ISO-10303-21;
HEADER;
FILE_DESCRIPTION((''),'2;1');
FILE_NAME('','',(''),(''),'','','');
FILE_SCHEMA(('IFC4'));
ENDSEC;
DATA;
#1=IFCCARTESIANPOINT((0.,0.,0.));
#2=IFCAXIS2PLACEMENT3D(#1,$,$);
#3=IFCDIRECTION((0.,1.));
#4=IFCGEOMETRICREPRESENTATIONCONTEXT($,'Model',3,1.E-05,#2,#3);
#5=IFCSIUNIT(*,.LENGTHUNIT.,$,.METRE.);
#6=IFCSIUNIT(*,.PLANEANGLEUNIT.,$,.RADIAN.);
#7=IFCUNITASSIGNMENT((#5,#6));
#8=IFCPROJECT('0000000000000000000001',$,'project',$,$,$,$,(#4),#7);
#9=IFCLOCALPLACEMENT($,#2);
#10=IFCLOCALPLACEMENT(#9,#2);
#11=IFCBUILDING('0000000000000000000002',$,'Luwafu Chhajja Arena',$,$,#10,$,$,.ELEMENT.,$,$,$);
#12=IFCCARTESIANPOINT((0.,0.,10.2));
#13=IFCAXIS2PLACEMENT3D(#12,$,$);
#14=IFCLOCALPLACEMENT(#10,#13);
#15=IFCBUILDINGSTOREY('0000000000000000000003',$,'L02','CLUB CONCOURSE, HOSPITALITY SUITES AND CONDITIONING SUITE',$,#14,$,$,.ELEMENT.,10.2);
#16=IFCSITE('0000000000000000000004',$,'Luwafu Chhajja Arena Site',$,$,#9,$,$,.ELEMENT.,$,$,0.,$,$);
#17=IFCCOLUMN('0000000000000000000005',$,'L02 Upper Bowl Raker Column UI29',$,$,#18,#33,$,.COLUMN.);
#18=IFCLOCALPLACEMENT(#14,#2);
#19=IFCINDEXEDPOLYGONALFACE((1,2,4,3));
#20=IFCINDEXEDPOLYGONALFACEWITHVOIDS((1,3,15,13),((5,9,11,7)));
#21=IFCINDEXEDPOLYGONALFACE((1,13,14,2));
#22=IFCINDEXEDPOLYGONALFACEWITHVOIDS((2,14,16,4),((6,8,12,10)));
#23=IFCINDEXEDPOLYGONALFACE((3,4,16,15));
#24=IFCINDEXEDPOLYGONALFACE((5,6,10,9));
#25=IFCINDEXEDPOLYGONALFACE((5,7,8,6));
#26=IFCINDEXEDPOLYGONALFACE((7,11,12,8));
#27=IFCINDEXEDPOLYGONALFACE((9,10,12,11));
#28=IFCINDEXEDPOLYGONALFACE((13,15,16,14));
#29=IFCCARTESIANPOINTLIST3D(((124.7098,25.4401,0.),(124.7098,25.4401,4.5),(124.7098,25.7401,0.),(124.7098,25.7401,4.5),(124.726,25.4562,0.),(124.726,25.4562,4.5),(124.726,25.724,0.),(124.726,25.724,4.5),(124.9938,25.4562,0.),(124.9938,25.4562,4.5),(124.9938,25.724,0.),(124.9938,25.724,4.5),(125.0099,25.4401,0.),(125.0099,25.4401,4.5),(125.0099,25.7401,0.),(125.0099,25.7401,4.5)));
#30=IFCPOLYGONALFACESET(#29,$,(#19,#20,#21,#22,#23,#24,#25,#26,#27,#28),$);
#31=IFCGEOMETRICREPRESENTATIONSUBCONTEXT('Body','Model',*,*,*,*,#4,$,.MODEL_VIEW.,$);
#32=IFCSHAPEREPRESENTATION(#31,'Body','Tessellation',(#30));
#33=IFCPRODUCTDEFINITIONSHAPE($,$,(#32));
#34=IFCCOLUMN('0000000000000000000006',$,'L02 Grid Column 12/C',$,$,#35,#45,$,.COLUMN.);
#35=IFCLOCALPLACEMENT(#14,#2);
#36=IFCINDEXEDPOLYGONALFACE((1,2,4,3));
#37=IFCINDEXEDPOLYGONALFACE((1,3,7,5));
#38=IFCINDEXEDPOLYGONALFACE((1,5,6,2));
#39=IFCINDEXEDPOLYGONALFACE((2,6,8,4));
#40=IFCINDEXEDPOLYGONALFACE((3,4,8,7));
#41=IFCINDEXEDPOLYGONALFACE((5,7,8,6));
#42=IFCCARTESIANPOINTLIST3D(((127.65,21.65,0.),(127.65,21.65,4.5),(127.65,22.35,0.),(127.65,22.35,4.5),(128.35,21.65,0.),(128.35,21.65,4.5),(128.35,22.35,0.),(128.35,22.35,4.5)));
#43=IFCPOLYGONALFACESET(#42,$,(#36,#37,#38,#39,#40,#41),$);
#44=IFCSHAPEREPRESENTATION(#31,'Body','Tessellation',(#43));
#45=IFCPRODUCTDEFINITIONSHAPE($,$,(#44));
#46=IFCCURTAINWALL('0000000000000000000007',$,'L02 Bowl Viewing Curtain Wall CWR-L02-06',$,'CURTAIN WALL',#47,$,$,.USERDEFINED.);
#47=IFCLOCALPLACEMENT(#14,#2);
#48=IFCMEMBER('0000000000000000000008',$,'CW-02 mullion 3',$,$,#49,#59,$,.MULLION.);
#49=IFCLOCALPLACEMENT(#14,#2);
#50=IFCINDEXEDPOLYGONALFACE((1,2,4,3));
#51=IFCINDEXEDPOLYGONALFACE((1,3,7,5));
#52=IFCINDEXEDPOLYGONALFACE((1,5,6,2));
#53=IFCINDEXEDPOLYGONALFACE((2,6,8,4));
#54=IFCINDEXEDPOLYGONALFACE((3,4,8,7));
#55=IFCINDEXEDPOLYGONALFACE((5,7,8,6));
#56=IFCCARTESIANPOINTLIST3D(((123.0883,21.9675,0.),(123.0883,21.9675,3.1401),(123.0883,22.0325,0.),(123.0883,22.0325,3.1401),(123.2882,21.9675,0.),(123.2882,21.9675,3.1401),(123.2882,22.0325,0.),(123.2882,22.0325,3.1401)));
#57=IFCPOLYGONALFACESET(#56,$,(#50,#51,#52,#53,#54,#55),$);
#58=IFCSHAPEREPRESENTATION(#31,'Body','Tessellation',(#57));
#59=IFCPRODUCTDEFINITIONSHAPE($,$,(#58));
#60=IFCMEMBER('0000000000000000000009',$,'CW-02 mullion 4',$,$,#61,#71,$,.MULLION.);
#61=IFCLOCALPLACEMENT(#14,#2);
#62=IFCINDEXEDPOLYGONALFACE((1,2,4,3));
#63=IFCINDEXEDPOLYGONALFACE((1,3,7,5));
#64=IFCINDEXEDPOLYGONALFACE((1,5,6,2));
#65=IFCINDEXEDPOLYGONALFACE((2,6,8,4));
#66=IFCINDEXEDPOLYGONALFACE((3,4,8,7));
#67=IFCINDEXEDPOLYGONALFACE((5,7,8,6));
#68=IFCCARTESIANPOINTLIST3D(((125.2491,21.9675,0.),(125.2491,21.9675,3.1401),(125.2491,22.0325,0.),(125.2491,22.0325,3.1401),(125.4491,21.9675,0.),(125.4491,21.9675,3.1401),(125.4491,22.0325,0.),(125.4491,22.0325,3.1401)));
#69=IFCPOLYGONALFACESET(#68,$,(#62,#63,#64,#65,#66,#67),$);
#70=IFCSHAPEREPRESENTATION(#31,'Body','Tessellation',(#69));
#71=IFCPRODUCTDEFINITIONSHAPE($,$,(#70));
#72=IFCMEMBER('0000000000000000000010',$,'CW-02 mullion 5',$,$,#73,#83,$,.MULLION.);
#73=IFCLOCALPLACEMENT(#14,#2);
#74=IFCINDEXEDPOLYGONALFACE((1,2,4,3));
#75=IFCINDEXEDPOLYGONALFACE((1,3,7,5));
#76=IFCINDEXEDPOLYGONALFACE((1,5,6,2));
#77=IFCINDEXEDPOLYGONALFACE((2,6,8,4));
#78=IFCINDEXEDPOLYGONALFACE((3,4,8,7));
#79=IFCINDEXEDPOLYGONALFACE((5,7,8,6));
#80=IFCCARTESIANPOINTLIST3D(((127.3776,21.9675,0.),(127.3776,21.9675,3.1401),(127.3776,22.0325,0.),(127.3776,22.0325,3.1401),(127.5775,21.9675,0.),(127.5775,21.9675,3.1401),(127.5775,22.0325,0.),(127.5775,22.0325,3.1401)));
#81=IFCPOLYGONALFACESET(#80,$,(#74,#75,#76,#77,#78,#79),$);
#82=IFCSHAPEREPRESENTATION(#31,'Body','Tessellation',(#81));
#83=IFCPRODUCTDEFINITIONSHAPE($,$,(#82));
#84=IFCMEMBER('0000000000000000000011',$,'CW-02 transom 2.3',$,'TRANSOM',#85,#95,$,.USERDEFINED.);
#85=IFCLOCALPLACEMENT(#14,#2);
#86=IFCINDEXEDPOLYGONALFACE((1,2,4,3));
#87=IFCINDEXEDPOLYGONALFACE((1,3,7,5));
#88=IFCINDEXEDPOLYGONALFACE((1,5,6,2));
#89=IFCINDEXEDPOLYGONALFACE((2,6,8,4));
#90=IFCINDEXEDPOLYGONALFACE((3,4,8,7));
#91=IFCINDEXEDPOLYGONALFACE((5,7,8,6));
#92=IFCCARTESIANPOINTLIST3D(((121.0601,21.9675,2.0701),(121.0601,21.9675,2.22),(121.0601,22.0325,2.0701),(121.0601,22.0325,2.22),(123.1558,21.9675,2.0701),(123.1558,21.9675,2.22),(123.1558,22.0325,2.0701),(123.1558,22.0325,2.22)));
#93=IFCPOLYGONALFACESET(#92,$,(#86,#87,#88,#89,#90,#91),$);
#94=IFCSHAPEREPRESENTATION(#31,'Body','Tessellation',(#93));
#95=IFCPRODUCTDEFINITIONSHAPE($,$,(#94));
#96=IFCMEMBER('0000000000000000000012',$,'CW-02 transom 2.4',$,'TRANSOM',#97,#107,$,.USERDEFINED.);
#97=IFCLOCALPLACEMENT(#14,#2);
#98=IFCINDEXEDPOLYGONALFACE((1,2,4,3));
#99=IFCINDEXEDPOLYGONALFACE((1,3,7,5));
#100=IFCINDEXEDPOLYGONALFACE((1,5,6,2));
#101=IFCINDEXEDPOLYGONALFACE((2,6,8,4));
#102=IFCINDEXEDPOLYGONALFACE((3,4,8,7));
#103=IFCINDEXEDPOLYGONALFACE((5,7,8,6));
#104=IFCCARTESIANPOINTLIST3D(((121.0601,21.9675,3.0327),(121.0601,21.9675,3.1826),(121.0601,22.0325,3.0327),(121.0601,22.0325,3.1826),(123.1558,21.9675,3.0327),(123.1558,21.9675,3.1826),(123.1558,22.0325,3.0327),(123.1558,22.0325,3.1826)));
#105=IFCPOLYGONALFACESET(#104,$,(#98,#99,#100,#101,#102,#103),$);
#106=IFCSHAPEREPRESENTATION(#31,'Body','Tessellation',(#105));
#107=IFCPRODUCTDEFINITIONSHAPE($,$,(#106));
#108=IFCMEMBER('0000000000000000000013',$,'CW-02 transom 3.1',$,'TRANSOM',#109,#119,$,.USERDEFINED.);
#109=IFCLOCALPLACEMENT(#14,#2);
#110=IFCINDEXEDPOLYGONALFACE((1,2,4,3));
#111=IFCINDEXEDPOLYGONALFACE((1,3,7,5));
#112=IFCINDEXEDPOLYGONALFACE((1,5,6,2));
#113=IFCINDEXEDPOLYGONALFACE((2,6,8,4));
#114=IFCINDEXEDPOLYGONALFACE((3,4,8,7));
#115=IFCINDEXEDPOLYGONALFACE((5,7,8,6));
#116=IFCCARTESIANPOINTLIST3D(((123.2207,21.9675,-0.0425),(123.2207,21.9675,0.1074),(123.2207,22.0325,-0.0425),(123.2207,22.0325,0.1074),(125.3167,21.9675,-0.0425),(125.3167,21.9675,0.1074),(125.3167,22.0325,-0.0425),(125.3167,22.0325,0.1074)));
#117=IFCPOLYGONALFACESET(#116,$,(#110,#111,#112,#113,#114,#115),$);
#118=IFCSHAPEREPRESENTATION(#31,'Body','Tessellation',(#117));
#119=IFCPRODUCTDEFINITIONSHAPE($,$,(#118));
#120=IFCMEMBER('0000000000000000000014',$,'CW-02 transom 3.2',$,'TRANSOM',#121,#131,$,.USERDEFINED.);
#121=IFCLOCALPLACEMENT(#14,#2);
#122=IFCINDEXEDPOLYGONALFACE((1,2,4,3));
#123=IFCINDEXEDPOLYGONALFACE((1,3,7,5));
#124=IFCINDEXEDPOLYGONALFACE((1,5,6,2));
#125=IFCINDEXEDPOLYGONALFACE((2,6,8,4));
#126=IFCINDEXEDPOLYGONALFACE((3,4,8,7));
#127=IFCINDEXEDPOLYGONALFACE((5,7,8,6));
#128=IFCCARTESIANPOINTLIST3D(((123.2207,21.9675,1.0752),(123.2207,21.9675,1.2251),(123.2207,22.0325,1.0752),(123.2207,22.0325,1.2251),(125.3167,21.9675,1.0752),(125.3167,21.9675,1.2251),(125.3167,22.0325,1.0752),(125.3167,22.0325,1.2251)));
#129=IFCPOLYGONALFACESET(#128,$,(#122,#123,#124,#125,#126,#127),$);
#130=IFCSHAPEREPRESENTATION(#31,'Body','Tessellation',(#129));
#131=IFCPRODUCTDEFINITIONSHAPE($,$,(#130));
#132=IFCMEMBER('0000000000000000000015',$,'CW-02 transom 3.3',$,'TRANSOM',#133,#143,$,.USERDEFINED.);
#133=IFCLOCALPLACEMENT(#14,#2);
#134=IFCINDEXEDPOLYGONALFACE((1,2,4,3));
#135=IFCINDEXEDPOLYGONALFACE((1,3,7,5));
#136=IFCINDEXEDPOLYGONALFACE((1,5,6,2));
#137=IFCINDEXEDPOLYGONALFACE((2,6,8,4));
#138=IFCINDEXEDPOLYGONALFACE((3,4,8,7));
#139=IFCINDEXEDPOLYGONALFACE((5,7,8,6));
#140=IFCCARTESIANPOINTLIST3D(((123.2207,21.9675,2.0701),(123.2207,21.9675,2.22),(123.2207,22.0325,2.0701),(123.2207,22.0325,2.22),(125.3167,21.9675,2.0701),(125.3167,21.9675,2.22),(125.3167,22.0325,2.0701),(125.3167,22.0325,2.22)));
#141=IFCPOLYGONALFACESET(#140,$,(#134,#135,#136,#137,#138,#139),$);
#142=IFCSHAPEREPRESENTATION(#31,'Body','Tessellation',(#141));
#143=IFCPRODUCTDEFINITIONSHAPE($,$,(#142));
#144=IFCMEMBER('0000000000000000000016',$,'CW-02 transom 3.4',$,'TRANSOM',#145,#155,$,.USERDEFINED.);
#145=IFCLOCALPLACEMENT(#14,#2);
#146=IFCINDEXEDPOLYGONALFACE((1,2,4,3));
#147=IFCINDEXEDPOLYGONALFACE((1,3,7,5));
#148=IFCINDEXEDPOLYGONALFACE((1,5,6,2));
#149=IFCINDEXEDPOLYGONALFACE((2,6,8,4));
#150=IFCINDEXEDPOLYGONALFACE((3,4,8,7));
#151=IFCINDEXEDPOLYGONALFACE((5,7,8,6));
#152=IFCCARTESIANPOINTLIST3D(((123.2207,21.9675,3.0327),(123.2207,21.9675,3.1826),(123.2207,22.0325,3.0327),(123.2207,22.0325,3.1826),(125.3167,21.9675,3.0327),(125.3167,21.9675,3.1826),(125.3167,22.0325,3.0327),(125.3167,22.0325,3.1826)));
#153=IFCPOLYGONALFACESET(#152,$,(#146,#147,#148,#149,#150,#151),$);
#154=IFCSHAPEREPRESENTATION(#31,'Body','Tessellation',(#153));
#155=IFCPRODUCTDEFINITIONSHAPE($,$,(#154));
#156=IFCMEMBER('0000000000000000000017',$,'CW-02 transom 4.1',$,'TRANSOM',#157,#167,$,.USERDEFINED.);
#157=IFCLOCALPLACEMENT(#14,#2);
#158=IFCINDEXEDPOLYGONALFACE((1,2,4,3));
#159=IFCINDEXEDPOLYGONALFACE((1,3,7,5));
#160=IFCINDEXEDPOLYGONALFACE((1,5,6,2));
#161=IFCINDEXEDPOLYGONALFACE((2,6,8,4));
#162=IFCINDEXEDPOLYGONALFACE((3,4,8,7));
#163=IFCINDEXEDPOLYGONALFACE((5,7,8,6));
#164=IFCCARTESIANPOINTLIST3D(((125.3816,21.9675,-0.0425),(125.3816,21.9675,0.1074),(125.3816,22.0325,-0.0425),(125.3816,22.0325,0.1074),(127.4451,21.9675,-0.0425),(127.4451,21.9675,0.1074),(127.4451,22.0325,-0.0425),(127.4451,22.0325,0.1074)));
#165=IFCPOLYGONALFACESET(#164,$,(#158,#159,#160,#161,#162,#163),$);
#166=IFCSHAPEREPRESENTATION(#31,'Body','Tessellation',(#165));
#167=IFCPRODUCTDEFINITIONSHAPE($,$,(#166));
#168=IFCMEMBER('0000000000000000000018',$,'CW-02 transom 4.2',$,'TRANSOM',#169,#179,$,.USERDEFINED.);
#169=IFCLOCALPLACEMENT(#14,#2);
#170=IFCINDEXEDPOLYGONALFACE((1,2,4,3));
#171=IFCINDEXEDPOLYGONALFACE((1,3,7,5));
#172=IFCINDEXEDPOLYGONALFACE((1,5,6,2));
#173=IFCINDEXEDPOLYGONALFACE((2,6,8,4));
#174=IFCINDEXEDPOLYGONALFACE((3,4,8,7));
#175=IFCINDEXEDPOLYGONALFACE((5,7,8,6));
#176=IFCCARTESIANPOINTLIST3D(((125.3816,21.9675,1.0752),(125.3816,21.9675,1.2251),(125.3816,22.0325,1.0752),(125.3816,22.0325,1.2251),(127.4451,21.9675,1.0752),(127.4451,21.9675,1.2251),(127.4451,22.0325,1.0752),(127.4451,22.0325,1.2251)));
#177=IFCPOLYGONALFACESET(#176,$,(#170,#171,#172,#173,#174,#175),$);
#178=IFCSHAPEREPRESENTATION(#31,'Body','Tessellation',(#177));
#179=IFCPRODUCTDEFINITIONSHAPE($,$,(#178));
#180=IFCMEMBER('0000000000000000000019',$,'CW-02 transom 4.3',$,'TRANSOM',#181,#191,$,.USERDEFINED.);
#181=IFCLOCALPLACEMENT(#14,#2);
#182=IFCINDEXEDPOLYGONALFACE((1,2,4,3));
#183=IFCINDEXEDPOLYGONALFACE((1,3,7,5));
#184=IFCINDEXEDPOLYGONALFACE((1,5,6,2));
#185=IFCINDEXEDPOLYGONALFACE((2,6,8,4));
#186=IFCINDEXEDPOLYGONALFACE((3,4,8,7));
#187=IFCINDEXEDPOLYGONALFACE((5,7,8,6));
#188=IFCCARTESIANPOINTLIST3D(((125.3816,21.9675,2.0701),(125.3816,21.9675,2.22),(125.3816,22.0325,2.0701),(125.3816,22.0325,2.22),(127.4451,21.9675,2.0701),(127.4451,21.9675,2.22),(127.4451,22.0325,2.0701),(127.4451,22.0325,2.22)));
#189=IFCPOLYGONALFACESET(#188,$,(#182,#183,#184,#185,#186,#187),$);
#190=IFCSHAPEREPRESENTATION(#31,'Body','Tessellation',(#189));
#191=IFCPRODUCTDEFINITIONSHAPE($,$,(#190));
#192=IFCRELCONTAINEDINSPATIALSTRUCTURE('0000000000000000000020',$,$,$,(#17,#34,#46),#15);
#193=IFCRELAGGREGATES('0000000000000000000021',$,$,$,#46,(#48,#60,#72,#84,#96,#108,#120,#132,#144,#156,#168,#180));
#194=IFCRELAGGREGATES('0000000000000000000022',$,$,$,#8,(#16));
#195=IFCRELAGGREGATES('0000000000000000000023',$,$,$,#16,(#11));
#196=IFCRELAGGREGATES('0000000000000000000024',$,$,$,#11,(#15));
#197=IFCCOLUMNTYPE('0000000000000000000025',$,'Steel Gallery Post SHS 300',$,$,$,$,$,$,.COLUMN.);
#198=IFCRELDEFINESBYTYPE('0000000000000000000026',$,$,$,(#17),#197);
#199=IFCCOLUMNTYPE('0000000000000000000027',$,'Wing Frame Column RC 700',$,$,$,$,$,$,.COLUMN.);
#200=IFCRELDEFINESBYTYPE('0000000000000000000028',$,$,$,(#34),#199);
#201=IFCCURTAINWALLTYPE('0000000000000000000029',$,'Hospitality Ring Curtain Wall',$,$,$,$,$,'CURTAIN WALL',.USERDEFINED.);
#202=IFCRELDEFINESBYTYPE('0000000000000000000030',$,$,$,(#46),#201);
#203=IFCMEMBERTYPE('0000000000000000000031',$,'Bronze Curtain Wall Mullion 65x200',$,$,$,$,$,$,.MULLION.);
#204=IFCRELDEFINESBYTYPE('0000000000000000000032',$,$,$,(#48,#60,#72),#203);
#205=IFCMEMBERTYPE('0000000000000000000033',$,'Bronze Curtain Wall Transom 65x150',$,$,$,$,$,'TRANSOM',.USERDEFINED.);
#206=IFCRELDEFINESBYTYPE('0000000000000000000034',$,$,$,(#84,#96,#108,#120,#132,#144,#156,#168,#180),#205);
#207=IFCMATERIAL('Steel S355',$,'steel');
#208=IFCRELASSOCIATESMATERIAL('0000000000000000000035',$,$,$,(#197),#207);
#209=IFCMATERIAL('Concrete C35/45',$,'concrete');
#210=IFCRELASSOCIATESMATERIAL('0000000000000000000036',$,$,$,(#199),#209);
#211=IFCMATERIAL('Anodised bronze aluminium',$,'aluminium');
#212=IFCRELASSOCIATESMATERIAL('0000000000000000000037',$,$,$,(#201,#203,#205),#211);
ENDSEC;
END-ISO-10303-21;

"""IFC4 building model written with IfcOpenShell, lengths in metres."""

from ifc_helpers import new_model, si_unit, direction, frame, origin, origin_2d, place, context, subcontext, project, spatial, rectangle, hollow_rectangle, extrude, material, material_profile, profile_set, type_object, element, aggregate, save


model = new_model("IFC4")

# Units and contexts
model_context = context("Model", 3, precision=1e-05, world=origin(), true_north=direction((0.0, 1.0)))
body_context = subcontext(model_context, "Body", "Model", "MODEL_VIEW")
ifc_project = project(units=[si_unit("LENGTHUNIT", "METRE"), si_unit("PLANEANGLEUNIT", "RADIAN")], contexts=[model_context])

# Site, building, storey
site_placement = place(None, origin())
site = spatial("IfcSite", under=ifc_project, at=site_placement, Name="Luwafu Chhajja Arena Site", CompositionType="ELEMENT", RefElevation=0.0)
building_placement = place(site_placement, origin())
building = spatial("IfcBuilding", under=site, at=building_placement, Name="Luwafu Chhajja Arena", CompositionType="ELEMENT")
storey_placement = place(building_placement, frame((0.0, 0.0, 10.2)))
storey = spatial("IfcBuildingStorey", under=building, at=storey_placement, Name="L02", Description="CLUB CONCOURSE, HOSPITALITY SUITES AND CONDITIONING SUITE", CompositionType="ELEMENT", Elevation=10.2)

# Columns
ifc_material_1 = material(Name="Steel S355", Category="steel")
ifc_material_profile_1 = material_profile(ifc_material_1, hollow_rectangle(XDim=0.3, YDim=0.3, WallThickness=0.0161, at=origin_2d()), Name="SHS 300x300x16")
ifc_profile_set_1 = profile_set([ifc_material_profile_1], Name="Steel S355")
column_type_1 = type_object("IfcColumnType", Name="Steel Gallery Post SHS 300", PredefinedType="COLUMN", material=ifc_profile_set_1)
column_1_placement = place(storey_placement, frame((124.8599, 25.5901, 0.0), z_axis=(0.0, 0.0, 1.0), x_axis=(1.0, 0.0, 0.0)))
element("IfcColumn", 1, at=column_1_placement, inside=storey, type_object=column_type_1, Name="L02 Upper Bowl Raker Column UI29", PredefinedType="COLUMN", context=body_context, shape_type="SweptSolid", body=[
    extrude(hollow_rectangle(XDim=0.3, YDim=0.3, WallThickness=0.0161, at=origin_2d()), origin(), (0.0, 0.0, 1.0), 4.5),
])
ifc_material_2 = material(Name="Concrete C35/45", Category="concrete")
ifc_material_profile_2 = material_profile(ifc_material_2, rectangle(XDim=0.7, YDim=0.7, at=origin_2d()), Name="RC 700x700")
ifc_profile_set_2 = profile_set([ifc_material_profile_2], Name="Concrete C35/45")
column_type_2 = type_object("IfcColumnType", Name="Wing Frame Column RC 700", PredefinedType="COLUMN", material=ifc_profile_set_2)
column_2_placement = place(storey_placement, frame((128.0, 22.0, 0.0), z_axis=(0.0, 0.0, 1.0), x_axis=(1.0, 0.0, 0.0)))
element("IfcColumn", 2, at=column_2_placement, inside=storey, type_object=column_type_2, Name="L02 Grid Column 12/C", PredefinedType="COLUMN", context=body_context, shape_type="SweptSolid", body=[
    extrude(rectangle(XDim=0.7, YDim=0.7, at=origin_2d()), origin(), (0.0, 0.0, 1.0), 4.5),
])

# Curtain wall, members
ifc_material_3 = material(Name="Anodised bronze aluminium", Category="aluminium")
curtain_wall_type = type_object("IfcCurtainWallType", Name="Hospitality Ring Curtain Wall", ElementType="CURTAIN WALL", PredefinedType="USERDEFINED", material=ifc_material_3)
curtain_wall_placement = place(storey_placement, origin())
curtain_wall = element("IfcCurtainWall", 3, at=curtain_wall_placement, inside=storey, type_object=curtain_wall_type, Name="L02 Bowl Viewing Curtain Wall CWR-L02-06", ObjectType="CURTAIN WALL", PredefinedType="USERDEFINED")
ifc_material_profile_3 = material_profile(ifc_material_3, rectangle(XDim=0.0649, YDim=0.2, at=origin_2d()), Name="CWM 65x200")
ifc_profile_set_3 = profile_set([ifc_material_profile_3], Name="Anodised bronze aluminium")
member_type_1 = type_object("IfcMemberType", Name="Bronze Curtain Wall Mullion 65x200", PredefinedType="MULLION", material=ifc_profile_set_3)
member_1_placement = place(storey_placement, frame((123.1882, 22.0, 0.0), z_axis=(0.0, 0.0, 1.0), x_axis=(0.0, 1.0, 0.0)))
member_1 = element("IfcMember", 4, at=member_1_placement, type_object=member_type_1, Name="CW-02 mullion 3", PredefinedType="MULLION", context=body_context, shape_type="SweptSolid", body=[
    extrude(rectangle(XDim=0.0649, YDim=0.2, at=origin_2d()), origin(), (0.0, 0.0, 1.0), 3.1401),
])
member_2_placement = place(storey_placement, frame((125.3491, 22.0, 0.0), z_axis=(0.0, 0.0, 1.0), x_axis=(0.0, 1.0, 0.0)))
member_2 = element("IfcMember", 5, at=member_2_placement, type_object=member_type_1, Name="CW-02 mullion 4", PredefinedType="MULLION", context=body_context, shape_type="SweptSolid", body=[
    extrude(rectangle(XDim=0.0649, YDim=0.2, at=origin_2d()), origin(), (0.0, 0.0, 1.0), 3.1401),
])
member_3_placement = place(storey_placement, frame((127.4775, 22.0, 0.0), z_axis=(0.0, 0.0, 1.0), x_axis=(0.0, 1.0, 0.0)))
member_3 = element("IfcMember", 6, at=member_3_placement, type_object=member_type_1, Name="CW-02 mullion 5", PredefinedType="MULLION", context=body_context, shape_type="SweptSolid", body=[
    extrude(rectangle(XDim=0.0649, YDim=0.2, at=origin_2d()), origin(), (0.0, 0.0, 1.0), 3.1401),
])
ifc_material_profile_4 = material_profile(ifc_material_3, rectangle(XDim=0.0649, YDim=0.1499, at=origin_2d()), Name="CWT 65x150")
ifc_profile_set_4 = profile_set([ifc_material_profile_4], Name="Anodised bronze aluminium")
member_type_2 = type_object("IfcMemberType", Name="Bronze Curtain Wall Transom 65x150", ElementType="TRANSOM", PredefinedType="USERDEFINED", material=ifc_profile_set_4)
member_4_placement = place(storey_placement, frame((121.0601, 22.0, 2.145), z_axis=(1.0, 0.0, 0.0), x_axis=(0.0, 1.0, 0.0)))
member_4 = element("IfcMember", 7, at=member_4_placement, type_object=member_type_2, Name="CW-02 transom 2.3", ObjectType="TRANSOM", PredefinedType="USERDEFINED", context=body_context, shape_type="SweptSolid", body=[
    extrude(rectangle(XDim=0.0649, YDim=0.1499, at=origin_2d()), origin(), (0.0, 0.0, 1.0), 2.0957),
])
member_5_placement = place(storey_placement, frame((121.0601, 22.0, 3.1077), z_axis=(1.0, 0.0, 0.0), x_axis=(0.0, 1.0, 0.0)))
member_5 = element("IfcMember", 8, at=member_5_placement, type_object=member_type_2, Name="CW-02 transom 2.4", ObjectType="TRANSOM", PredefinedType="USERDEFINED", context=body_context, shape_type="SweptSolid", body=[
    extrude(rectangle(XDim=0.0649, YDim=0.1499, at=origin_2d()), origin(), (0.0, 0.0, 1.0), 2.0957),
])
member_6_placement = place(storey_placement, frame((123.2207, 22.0, 0.0325), z_axis=(1.0, 0.0, 0.0), x_axis=(0.0, 1.0, 0.0)))
member_6 = element("IfcMember", 9, at=member_6_placement, type_object=member_type_2, Name="CW-02 transom 3.1", ObjectType="TRANSOM", PredefinedType="USERDEFINED", context=body_context, shape_type="SweptSolid", body=[
    extrude(rectangle(XDim=0.0649, YDim=0.1499, at=origin_2d()), origin(), (0.0, 0.0, 1.0), 2.0959),
])
member_7_placement = place(storey_placement, frame((123.2207, 22.0, 1.1501), z_axis=(1.0, 0.0, 0.0), x_axis=(0.0, 1.0, 0.0)))
member_7 = element("IfcMember", 10, at=member_7_placement, type_object=member_type_2, Name="CW-02 transom 3.2", ObjectType="TRANSOM", PredefinedType="USERDEFINED", context=body_context, shape_type="SweptSolid", body=[
    extrude(rectangle(XDim=0.0649, YDim=0.1499, at=origin_2d()), origin(), (0.0, 0.0, 1.0), 2.0959),
])
member_8_placement = place(storey_placement, frame((123.2207, 22.0, 2.145), z_axis=(1.0, 0.0, 0.0), x_axis=(0.0, 1.0, 0.0)))
member_8 = element("IfcMember", 11, at=member_8_placement, type_object=member_type_2, Name="CW-02 transom 3.3", ObjectType="TRANSOM", PredefinedType="USERDEFINED", context=body_context, shape_type="SweptSolid", body=[
    extrude(rectangle(XDim=0.0649, YDim=0.1499, at=origin_2d()), origin(), (0.0, 0.0, 1.0), 2.0959),
])
member_9_placement = place(storey_placement, frame((123.2207, 22.0, 3.1077), z_axis=(1.0, 0.0, 0.0), x_axis=(0.0, 1.0, 0.0)))
member_9 = element("IfcMember", 12, at=member_9_placement, type_object=member_type_2, Name="CW-02 transom 3.4", ObjectType="TRANSOM", PredefinedType="USERDEFINED", context=body_context, shape_type="SweptSolid", body=[
    extrude(rectangle(XDim=0.0649, YDim=0.1499, at=origin_2d()), origin(), (0.0, 0.0, 1.0), 2.0959),
])
member_10_placement = place(storey_placement, frame((125.3816, 22.0, 0.0325), z_axis=(1.0, 0.0, 0.0), x_axis=(0.0, 1.0, 0.0)))
member_10 = element("IfcMember", 13, at=member_10_placement, type_object=member_type_2, Name="CW-02 transom 4.1", ObjectType="TRANSOM", PredefinedType="USERDEFINED", context=body_context, shape_type="SweptSolid", body=[
    extrude(rectangle(XDim=0.0649, YDim=0.1499, at=origin_2d()), origin(), (0.0, 0.0, 1.0), 2.0635),
])
member_11_placement = place(storey_placement, frame((125.3816, 22.0, 1.1501), z_axis=(1.0, 0.0, 0.0), x_axis=(0.0, 1.0, 0.0)))
member_11 = element("IfcMember", 14, at=member_11_placement, type_object=member_type_2, Name="CW-02 transom 4.2", ObjectType="TRANSOM", PredefinedType="USERDEFINED", context=body_context, shape_type="SweptSolid", body=[
    extrude(rectangle(XDim=0.0649, YDim=0.1499, at=origin_2d()), origin(), (0.0, 0.0, 1.0), 2.0635),
])
member_12_placement = place(storey_placement, frame((125.3816, 22.0, 2.145), z_axis=(1.0, 0.0, 0.0), x_axis=(0.0, 1.0, 0.0)))
member_12 = element("IfcMember", 15, at=member_12_placement, type_object=member_type_2, Name="CW-02 transom 4.3", ObjectType="TRANSOM", PredefinedType="USERDEFINED", context=body_context, shape_type="SweptSolid", body=[
    extrude(rectangle(XDim=0.0649, YDim=0.1499, at=origin_2d()), origin(), (0.0, 0.0, 1.0), 2.0635),
])

aggregate(curtain_wall, [member_1, member_2, member_3, member_4, member_5, member_6, member_7, member_8, member_9, member_10, member_11, member_12])

save(model, "model.ifc")
